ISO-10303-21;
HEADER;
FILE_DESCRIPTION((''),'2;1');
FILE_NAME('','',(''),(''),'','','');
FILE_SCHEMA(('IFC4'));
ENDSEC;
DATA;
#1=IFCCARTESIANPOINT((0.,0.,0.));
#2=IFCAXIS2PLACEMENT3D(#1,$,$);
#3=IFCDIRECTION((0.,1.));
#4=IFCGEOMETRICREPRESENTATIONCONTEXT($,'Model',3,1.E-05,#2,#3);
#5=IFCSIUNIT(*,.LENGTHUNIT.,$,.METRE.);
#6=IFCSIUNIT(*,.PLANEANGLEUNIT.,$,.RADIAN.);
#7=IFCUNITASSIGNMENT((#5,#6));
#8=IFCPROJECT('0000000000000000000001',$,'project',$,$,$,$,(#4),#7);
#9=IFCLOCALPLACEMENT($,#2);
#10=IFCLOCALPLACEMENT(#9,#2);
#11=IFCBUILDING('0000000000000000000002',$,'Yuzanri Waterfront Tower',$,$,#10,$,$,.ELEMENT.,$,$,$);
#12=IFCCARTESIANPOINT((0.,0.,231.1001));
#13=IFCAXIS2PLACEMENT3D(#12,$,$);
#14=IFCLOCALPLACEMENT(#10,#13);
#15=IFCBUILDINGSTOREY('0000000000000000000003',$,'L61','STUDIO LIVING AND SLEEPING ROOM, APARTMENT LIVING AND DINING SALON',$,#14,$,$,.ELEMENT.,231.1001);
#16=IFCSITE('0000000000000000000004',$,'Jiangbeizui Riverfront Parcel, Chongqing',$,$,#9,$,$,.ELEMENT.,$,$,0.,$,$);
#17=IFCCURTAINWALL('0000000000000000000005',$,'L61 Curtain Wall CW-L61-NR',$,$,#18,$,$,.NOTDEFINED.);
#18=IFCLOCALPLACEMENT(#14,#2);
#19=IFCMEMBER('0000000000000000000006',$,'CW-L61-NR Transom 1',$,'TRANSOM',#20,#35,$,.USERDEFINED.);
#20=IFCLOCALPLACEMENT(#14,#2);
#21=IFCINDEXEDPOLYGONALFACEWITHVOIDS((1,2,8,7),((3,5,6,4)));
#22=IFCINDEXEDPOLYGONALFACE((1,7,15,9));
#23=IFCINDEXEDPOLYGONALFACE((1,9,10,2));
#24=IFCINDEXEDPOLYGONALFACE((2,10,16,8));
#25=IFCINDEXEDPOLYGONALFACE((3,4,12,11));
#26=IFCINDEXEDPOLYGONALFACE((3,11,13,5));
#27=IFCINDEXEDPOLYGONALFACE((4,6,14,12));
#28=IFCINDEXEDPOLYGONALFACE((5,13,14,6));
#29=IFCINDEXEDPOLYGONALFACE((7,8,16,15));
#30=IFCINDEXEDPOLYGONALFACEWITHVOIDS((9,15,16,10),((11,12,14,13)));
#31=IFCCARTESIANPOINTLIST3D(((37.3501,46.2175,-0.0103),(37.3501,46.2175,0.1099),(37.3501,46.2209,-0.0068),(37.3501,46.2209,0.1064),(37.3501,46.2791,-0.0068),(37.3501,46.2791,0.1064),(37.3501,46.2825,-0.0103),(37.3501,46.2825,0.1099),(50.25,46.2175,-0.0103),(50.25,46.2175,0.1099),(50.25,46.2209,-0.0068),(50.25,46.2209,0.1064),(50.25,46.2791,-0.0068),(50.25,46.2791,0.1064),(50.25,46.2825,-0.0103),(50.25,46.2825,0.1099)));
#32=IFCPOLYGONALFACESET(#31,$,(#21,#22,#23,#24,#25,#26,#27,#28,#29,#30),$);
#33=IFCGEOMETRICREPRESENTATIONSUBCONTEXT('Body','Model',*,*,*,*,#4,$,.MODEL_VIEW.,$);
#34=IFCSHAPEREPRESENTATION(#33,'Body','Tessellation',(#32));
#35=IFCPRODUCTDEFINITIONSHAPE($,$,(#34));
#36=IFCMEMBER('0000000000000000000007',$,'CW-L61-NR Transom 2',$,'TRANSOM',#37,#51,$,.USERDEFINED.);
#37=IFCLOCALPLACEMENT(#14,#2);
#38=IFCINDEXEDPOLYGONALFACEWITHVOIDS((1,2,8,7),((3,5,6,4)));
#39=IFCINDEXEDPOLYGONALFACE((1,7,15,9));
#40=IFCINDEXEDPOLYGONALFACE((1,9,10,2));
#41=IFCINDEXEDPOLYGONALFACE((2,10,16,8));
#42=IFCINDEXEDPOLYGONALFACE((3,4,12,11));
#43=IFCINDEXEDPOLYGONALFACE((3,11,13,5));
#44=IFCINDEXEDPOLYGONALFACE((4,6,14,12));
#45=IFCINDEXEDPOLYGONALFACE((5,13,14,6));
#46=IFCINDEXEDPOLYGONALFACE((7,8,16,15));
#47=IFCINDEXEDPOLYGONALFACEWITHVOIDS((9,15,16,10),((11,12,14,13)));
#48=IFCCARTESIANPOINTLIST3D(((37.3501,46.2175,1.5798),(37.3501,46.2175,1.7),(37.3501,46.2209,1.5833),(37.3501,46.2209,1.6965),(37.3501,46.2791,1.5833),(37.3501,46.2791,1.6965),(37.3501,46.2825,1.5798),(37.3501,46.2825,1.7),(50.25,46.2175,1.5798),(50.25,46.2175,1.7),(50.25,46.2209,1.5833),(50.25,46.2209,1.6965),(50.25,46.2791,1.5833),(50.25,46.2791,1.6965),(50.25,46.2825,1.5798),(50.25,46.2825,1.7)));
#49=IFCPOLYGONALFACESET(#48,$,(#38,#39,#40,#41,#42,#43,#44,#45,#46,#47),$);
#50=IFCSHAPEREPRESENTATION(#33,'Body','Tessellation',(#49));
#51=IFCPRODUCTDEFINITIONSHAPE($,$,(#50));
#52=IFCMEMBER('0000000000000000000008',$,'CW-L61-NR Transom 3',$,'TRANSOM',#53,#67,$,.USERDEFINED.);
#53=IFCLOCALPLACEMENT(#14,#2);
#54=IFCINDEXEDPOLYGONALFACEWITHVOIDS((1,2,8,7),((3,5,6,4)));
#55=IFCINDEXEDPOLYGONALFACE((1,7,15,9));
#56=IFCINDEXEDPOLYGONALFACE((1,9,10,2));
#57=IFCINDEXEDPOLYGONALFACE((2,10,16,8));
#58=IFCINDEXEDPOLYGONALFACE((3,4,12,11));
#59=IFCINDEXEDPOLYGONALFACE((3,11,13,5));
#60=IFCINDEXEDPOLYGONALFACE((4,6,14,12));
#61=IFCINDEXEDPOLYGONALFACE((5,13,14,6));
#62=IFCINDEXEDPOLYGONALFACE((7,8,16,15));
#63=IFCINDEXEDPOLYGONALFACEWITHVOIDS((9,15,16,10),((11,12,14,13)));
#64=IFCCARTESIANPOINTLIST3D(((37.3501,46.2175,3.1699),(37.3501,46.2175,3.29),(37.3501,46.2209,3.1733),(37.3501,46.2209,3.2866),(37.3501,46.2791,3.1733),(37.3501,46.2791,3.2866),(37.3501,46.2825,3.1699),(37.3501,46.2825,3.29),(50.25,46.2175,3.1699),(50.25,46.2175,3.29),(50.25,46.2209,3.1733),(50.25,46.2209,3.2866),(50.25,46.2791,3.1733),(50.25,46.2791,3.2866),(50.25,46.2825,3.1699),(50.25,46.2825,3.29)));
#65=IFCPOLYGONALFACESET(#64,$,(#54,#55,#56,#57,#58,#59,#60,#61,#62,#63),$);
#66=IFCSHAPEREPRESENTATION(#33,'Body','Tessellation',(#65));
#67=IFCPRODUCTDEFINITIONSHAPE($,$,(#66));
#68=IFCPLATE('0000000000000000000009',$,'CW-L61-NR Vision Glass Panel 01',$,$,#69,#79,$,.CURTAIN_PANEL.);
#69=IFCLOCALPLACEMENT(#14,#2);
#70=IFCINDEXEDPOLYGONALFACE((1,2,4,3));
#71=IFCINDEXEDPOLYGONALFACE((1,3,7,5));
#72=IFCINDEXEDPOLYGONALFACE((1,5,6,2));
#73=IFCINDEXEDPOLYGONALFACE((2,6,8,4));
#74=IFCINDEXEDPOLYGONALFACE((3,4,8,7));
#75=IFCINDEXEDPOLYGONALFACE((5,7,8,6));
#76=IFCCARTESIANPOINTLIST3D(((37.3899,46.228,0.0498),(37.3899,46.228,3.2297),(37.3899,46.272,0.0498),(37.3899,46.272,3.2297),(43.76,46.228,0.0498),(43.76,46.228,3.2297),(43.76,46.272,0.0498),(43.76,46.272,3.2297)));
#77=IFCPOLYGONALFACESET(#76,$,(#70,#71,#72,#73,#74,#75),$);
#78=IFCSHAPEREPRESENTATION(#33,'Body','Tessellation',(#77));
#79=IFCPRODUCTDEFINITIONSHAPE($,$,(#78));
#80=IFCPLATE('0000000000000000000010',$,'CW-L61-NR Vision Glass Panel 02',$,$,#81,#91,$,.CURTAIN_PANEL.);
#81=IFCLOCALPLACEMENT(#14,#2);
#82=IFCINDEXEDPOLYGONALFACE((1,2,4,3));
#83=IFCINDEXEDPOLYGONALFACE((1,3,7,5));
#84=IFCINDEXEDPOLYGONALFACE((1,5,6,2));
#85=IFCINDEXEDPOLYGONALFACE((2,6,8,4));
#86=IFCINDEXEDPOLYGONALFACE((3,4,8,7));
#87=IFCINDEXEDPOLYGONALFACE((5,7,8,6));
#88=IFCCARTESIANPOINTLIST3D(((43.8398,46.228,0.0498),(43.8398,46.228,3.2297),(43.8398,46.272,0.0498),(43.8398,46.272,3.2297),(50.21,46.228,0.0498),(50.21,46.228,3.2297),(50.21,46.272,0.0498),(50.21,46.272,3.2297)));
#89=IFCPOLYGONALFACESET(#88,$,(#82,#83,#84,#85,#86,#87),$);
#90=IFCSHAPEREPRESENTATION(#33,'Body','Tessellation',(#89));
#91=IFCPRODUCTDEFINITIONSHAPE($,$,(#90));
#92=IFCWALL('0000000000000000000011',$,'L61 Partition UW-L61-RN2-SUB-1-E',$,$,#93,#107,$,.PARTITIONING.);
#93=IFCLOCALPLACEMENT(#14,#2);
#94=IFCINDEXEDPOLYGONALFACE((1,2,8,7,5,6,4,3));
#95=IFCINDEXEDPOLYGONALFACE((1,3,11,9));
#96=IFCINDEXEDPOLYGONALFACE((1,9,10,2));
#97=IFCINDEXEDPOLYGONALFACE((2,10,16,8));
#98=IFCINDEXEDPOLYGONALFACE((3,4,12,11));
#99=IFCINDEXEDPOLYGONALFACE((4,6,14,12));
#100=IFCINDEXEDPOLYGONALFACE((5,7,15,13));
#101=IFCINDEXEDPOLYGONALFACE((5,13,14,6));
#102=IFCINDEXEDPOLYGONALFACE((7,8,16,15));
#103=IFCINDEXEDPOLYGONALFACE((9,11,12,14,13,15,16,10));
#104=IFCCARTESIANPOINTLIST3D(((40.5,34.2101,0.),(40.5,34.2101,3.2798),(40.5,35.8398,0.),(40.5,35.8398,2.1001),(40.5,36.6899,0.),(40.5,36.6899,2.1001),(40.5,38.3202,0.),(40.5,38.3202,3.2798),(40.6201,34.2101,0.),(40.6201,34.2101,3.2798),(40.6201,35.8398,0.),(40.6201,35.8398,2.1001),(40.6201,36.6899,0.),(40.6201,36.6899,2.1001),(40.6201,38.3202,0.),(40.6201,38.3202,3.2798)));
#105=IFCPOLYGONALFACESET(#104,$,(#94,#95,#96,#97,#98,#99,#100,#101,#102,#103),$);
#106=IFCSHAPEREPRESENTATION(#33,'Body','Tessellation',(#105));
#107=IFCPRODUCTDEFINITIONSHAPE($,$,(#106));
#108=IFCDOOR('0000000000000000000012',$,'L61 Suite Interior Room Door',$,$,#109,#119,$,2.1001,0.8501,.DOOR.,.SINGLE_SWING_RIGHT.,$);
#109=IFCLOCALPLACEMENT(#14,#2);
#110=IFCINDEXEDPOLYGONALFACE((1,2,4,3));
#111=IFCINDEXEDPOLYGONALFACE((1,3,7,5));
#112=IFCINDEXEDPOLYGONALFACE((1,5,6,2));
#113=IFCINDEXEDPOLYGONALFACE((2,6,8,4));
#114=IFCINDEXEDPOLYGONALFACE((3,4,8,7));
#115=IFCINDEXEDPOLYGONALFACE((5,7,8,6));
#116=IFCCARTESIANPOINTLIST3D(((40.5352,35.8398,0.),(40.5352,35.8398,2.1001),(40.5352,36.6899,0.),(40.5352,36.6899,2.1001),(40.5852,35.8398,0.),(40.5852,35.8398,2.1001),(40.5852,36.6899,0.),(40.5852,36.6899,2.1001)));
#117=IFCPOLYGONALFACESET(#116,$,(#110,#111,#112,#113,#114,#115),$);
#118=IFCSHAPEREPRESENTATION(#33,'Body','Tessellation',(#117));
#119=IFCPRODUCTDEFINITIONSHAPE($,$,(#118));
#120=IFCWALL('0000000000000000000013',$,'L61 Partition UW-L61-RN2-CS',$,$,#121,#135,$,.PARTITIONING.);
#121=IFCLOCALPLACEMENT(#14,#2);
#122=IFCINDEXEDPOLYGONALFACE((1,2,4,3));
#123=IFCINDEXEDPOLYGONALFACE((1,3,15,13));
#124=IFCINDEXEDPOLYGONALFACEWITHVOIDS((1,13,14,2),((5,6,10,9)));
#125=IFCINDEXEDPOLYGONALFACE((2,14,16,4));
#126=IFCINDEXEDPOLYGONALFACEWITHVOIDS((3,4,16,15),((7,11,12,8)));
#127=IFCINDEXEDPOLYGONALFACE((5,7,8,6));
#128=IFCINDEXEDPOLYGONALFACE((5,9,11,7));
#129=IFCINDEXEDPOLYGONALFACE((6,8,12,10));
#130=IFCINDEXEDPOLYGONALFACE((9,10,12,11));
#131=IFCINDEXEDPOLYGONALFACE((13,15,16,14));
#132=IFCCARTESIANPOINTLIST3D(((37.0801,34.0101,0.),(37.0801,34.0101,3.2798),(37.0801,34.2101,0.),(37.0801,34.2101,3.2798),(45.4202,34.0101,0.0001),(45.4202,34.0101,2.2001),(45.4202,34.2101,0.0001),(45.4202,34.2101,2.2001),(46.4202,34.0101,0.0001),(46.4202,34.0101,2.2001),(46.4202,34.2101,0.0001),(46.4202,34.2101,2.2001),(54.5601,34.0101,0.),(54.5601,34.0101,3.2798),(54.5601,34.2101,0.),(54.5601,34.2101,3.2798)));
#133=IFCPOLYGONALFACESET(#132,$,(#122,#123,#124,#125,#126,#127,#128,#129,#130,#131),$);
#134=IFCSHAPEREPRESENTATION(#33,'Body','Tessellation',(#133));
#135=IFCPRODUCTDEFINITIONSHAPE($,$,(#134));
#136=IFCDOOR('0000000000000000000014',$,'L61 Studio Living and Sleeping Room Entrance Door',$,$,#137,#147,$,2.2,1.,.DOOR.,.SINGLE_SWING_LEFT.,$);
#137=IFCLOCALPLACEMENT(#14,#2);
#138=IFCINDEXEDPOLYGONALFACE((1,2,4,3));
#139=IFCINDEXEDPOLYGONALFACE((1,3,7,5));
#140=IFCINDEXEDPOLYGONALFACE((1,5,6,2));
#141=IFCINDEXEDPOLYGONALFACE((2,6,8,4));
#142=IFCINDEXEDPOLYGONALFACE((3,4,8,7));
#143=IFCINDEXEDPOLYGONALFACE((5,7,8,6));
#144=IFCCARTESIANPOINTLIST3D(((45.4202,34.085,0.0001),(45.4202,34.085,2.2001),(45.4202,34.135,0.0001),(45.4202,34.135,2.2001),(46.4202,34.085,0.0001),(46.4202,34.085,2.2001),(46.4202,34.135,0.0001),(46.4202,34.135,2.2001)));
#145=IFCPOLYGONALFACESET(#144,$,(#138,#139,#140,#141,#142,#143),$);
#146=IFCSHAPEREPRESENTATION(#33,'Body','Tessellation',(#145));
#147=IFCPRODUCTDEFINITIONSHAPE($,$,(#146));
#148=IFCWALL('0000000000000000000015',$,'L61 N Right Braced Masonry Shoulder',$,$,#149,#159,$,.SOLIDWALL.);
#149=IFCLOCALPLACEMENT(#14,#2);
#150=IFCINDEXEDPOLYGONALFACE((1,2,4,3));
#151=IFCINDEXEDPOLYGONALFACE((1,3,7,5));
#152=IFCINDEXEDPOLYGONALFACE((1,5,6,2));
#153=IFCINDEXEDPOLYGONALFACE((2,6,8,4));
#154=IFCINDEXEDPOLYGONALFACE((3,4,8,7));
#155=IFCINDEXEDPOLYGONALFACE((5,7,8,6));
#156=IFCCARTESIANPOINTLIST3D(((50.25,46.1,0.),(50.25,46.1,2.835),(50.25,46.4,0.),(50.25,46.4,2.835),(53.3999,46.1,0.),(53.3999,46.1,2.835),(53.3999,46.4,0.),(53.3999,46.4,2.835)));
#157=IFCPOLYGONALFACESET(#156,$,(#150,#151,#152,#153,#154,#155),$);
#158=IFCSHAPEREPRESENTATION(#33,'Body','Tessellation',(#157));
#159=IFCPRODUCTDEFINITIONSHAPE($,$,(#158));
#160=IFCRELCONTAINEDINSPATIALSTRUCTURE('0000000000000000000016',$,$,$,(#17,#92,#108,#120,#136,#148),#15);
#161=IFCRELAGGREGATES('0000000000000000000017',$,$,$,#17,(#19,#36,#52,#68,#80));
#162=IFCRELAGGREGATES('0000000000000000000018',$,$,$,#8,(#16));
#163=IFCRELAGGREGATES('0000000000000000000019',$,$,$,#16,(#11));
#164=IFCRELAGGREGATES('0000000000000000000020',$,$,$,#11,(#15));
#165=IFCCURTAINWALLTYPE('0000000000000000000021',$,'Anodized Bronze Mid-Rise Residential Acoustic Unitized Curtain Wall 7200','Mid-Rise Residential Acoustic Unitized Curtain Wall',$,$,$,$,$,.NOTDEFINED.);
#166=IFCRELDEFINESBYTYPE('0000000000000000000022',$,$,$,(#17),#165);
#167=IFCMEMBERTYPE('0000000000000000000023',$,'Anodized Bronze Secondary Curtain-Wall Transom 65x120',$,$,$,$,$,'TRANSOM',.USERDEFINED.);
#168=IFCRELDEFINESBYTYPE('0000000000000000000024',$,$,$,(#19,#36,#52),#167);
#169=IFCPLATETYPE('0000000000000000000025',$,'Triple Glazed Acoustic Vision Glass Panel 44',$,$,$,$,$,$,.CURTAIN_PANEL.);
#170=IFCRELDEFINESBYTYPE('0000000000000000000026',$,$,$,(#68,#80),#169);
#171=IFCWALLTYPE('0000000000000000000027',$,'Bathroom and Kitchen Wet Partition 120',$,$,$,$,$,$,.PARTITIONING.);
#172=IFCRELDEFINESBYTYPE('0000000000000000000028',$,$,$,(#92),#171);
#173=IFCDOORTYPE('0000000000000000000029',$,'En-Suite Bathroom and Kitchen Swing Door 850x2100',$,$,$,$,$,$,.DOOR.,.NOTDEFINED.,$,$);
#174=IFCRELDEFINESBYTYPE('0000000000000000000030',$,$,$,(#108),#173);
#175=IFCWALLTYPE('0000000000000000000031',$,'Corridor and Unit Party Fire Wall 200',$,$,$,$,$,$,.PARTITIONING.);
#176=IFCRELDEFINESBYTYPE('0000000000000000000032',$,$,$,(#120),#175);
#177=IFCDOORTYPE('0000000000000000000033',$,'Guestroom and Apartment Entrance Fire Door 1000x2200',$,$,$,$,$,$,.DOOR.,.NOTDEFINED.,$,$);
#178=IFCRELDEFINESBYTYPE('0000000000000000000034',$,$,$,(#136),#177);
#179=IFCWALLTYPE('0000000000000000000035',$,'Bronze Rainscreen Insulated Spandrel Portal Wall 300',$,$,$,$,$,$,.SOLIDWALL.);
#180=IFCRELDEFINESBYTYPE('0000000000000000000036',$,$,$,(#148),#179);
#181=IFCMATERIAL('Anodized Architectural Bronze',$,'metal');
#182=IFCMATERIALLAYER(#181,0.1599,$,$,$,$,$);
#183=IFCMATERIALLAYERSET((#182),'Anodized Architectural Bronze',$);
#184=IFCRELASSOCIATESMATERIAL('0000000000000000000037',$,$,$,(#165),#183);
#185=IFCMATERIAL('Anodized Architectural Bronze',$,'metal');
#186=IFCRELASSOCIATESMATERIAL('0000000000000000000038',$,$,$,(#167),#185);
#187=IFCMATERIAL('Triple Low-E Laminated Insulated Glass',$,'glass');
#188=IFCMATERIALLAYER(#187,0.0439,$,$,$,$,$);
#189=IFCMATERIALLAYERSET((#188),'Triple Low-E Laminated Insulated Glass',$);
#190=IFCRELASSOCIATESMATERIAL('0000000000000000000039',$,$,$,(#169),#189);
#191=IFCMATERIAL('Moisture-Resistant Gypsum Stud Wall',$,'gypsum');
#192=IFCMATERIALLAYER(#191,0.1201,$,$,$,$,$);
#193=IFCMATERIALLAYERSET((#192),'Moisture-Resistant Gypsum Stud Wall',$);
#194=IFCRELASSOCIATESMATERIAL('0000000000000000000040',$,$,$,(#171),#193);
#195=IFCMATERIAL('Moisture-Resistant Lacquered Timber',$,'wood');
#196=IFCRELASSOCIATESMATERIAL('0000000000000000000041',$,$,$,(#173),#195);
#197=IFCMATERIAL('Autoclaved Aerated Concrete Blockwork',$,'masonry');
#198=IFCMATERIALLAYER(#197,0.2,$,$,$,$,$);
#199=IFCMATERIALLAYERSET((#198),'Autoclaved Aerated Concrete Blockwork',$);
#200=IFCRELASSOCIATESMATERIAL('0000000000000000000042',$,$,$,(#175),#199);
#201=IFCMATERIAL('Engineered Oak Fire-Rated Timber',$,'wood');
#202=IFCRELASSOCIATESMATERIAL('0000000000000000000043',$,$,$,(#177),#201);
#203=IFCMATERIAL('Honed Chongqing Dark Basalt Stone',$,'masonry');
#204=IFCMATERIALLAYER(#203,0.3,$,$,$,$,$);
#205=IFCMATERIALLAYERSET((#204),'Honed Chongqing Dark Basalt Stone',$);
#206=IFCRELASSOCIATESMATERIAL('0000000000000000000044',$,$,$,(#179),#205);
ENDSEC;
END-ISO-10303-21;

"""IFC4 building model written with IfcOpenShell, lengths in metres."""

from ifc_helpers import new_model, si_unit, direction, frame, frame_2d, origin, origin_2d, place, context, subcontext, project, spatial, rectangle, hollow_rectangle, extrude, source, transform, mapped, material, layer, layer_set, material_profile, profile_set, type_object, element, fill, aggregate, save


model = new_model("IFC4")

# Units and contexts
model_context = context("Model", 3, precision=1e-05, world=origin(), true_north=direction((0.0, 1.0)))
body_context = subcontext(model_context, "Body", "Model", "MODEL_VIEW")
ifc_project = project(units=[si_unit("LENGTHUNIT", "METRE"), si_unit("PLANEANGLEUNIT", "RADIAN")], contexts=[model_context])

# Site, building, storey
site_placement = place(None, origin())
site = spatial("IfcSite", under=ifc_project, at=site_placement, Name="Jiangbeizui Riverfront Parcel, Chongqing", CompositionType="ELEMENT", RefElevation=0.0)
building_placement = place(site_placement, origin())
building = spatial("IfcBuilding", under=site, at=building_placement, Name="Yuzanri Waterfront Tower", CompositionType="ELEMENT")
storey_placement = place(building_placement, frame((0.0, 0.0, 231.1001)))
storey = spatial("IfcBuildingStorey", under=building, at=storey_placement, Name="L61", Description="STUDIO LIVING AND SLEEPING ROOM, APARTMENT LIVING AND DINING SALON", CompositionType="ELEMENT", Elevation=231.1001)

# Curtain wall, members, plates
ifc_material_1 = material(Name="Anodized Architectural Bronze", Category="metal")
ifc_layer_1 = layer(ifc_material_1, 0.1599)
ifc_layer_set_1 = layer_set([ifc_layer_1], Name="Anodized Architectural Bronze")
curtain_wall_type = type_object("IfcCurtainWallType", Name="Anodized Bronze Mid-Rise Residential Acoustic Unitized Curtain Wall 7200", Description="Mid-Rise Residential Acoustic Unitized Curtain Wall", PredefinedType="NOTDEFINED", material=ifc_layer_set_1)
curtain_wall_placement = place(storey_placement, origin())
curtain_wall = element("IfcCurtainWall", 1, at=curtain_wall_placement, inside=storey, type_object=curtain_wall_type, Name="L61 Curtain Wall CW-L61-NR", PredefinedType="NOTDEFINED")
ifc_material_2 = material(Name="Anodized Architectural Bronze", Category="metal")
ifc_material_profile_1 = material_profile(ifc_material_2, hollow_rectangle(XDim=0.0649, YDim=0.1201, WallThickness=0.0034, at=origin_2d()), Name="CWT 65x120")
ifc_profile_set_1 = profile_set([ifc_material_profile_1], Name="Anodized Architectural Bronze")
member_type_1 = type_object("IfcMemberType", Name="Anodized Bronze Secondary Curtain-Wall Transom 65x120", ElementType="TRANSOM", PredefinedType="USERDEFINED", material=ifc_profile_set_1)
shared_shape_1 = source(origin(), body_context, "Body", "SweptSolid", [
    extrude(hollow_rectangle(XDim=0.0649, YDim=0.1201, WallThickness=0.0034, at=origin_2d()), origin(), (0.0, 0.0, 1.0), 12.8999),
])
member_1_placement = place(storey_placement, frame((37.3501, 46.25, 0.0498), z_axis=(1.0, 0.0, 0.0), x_axis=(0.0, 1.0, 0.0)))
member_1 = element("IfcMember", 2, at=member_1_placement, type_object=member_type_1, Name="CW-L61-NR Transom 1", ObjectType="TRANSOM", PredefinedType="USERDEFINED", context=body_context, shape_type="MappedRepresentation", body=[
    mapped(shared_shape_1, transform((0.0, 0.0, 0.0), scale=1.0)),
])
member_2_placement = place(storey_placement, frame((37.3501, 46.25, 1.6399), z_axis=(1.0, 0.0, 0.0), x_axis=(0.0, 1.0, 0.0)))
member_2 = element("IfcMember", 3, at=member_2_placement, type_object=member_type_1, Name="CW-L61-NR Transom 2", ObjectType="TRANSOM", PredefinedType="USERDEFINED", context=body_context, shape_type="MappedRepresentation", body=[
    mapped(shared_shape_1, transform((0.0, 0.0, 0.0), scale=1.0)),
])
member_3_placement = place(storey_placement, frame((37.3501, 46.25, 3.23), z_axis=(1.0, 0.0, 0.0), x_axis=(0.0, 1.0, 0.0)))
member_3 = element("IfcMember", 4, at=member_3_placement, type_object=member_type_1, Name="CW-L61-NR Transom 3", ObjectType="TRANSOM", PredefinedType="USERDEFINED", context=body_context, shape_type="MappedRepresentation", body=[
    mapped(shared_shape_1, transform((0.0, 0.0, 0.0), scale=1.0)),
])
ifc_material_3 = material(Name="Triple Low-E Laminated Insulated Glass", Category="glass")
ifc_layer_2 = layer(ifc_material_3, 0.0439)
ifc_layer_set_2 = layer_set([ifc_layer_2], Name="Triple Low-E Laminated Insulated Glass")
plate_type = type_object("IfcPlateType", Name="Triple Glazed Acoustic Vision Glass Panel 44", PredefinedType="CURTAIN_PANEL", material=ifc_layer_set_2)
shared_shape_2 = source(origin(), body_context, "Body", "SweptSolid", [
    extrude(rectangle(XDim=6.3701, YDim=0.0439, at=origin_2d()), origin(), (0.0, 0.0, 1.0), 3.1799),
])
plate_1_placement = place(storey_placement, frame((40.575, 46.25, 0.0498), z_axis=(0.0, 0.0, 1.0), x_axis=(1.0, 0.0, 0.0)))
plate_1 = element("IfcPlate", 5, at=plate_1_placement, type_object=plate_type, Name="CW-L61-NR Vision Glass Panel 01", PredefinedType="CURTAIN_PANEL", context=body_context, shape_type="MappedRepresentation", body=[
    mapped(shared_shape_2, transform((0.0, 0.0, 0.0), scale=1.0)),
])
plate_2_placement = place(storey_placement, frame((47.0249, 46.25, 0.0498), z_axis=(0.0, 0.0, 1.0), x_axis=(1.0, 0.0, 0.0)))
plate_2 = element("IfcPlate", 6, at=plate_2_placement, type_object=plate_type, Name="CW-L61-NR Vision Glass Panel 02", PredefinedType="CURTAIN_PANEL", context=body_context, shape_type="MappedRepresentation", body=[
    mapped(shared_shape_2, transform((0.0, 0.0, 0.0), scale=1.0)),
])
aggregate(curtain_wall, [member_1, member_2, member_3, plate_1, plate_2])

# Walls, openings, doors
ifc_material_4 = material(Name="Moisture-Resistant Gypsum Stud Wall", Category="gypsum")
ifc_layer_3 = layer(ifc_material_4, 0.1201)
ifc_layer_set_3 = layer_set([ifc_layer_3], Name="Moisture-Resistant Gypsum Stud Wall")
wall_type_1 = type_object("IfcWallType", Name="Bathroom and Kitchen Wet Partition 120", PredefinedType="PARTITIONING", material=ifc_layer_set_3)
wall_1_placement = place(storey_placement, frame((40.5601, 34.21, 0.0), z_axis=(0.0, 0.0, 1.0), x_axis=(0.0, 1.0, 0.0)))
wall_1 = element("IfcWall", 7, at=wall_1_placement, inside=storey, type_object=wall_type_1, Name="L61 Partition UW-L61-RN2-SUB-1-E", PredefinedType="PARTITIONING", context=body_context, shape_type="SweptSolid", body=[
    extrude(rectangle(XDim=4.1101, YDim=0.1201, at=frame_2d((2.0552, 0.0))), origin(), (0.0, 0.0, 1.0), 3.2798),
])
opening_1_placement = place(wall_1_placement, frame((1.6299, 0.0, 0.0)))
opening_1 = element("IfcOpeningElement", 8, at=opening_1_placement, cuts=wall_1, PredefinedType="OPENING", context=body_context, shape_type="SweptSolid", body=[
    extrude(rectangle(XDim=0.8501, YDim=2.1001, at=frame_2d((0.425, 1.05))), frame((0.0, 0.075, 0.0), z_axis=(0.0, -1.0, 0.0), x_axis=(1.0, 0.0, 0.0)), (0.0, 0.0, 1.0), 0.1499),
])
ifc_material_5 = material(Name="Moisture-Resistant Lacquered Timber", Category="wood")
door_type_1 = type_object("IfcDoorType", Name="En-Suite Bathroom and Kitchen Swing Door 850x2100", OperationType="NOTDEFINED", PredefinedType="DOOR", material=ifc_material_5)
shared_shape_3 = source(origin(), body_context, "Body", "SweptSolid", [
    extrude(rectangle(XDim=0.8501, YDim=2.1001, at=frame_2d((0.425, 1.05))), frame((0.0, 0.0249, 0.0), z_axis=(0.0, -1.0, 0.0), x_axis=(1.0, 0.0, 0.0)), (0.0, 0.0, 1.0), 0.05),
])
door_1_placement = place(opening_1_placement, origin())
door_1 = element("IfcDoor", 9, at=door_1_placement, inside=storey, type_object=door_type_1, Name="L61 Suite Interior Room Door", OperationType="SINGLE_SWING_RIGHT", OverallHeight=2.1001, OverallWidth=0.8501, PredefinedType="DOOR", context=body_context, shape_type="MappedRepresentation", body=[
    mapped(shared_shape_3, transform((0.0, 0.0, 0.0), scale=1.0)),
])
fill(opening_1, door_1)
ifc_material_6 = material(Name="Autoclaved Aerated Concrete Blockwork", Category="masonry")
ifc_layer_4 = layer(ifc_material_6, 0.2)
ifc_layer_set_4 = layer_set([ifc_layer_4], Name="Autoclaved Aerated Concrete Blockwork")
wall_type_2 = type_object("IfcWallType", Name="Corridor and Unit Party Fire Wall 200", PredefinedType="PARTITIONING", material=ifc_layer_set_4)
wall_2_placement = place(storey_placement, frame((37.0801, 34.1101, 0.0), z_axis=(0.0, 0.0, 1.0), x_axis=(1.0, 0.0, 0.0)))
wall_2 = element("IfcWall", 10, at=wall_2_placement, inside=storey, type_object=wall_type_2, Name="L61 Partition UW-L61-RN2-CS", PredefinedType="PARTITIONING", context=body_context, shape_type="SweptSolid", body=[
    extrude(rectangle(XDim=17.48, YDim=0.2, at=frame_2d((8.74, 0.0))), origin(), (0.0, 0.0, 1.0), 3.2798),
])
opening_2_placement = place(wall_2_placement, frame((8.3401, 0.0, 0.0)))
opening_2 = element("IfcOpeningElement", 11, at=opening_2_placement, cuts=wall_2, PredefinedType="OPENING", context=body_context, shape_type="SweptSolid", body=[
    extrude(rectangle(XDim=1.0, YDim=2.2, at=frame_2d((0.5, 1.1001))), frame((0.0, 0.1147, 0.0), z_axis=(0.0, -1.0, 0.0), x_axis=(1.0, 0.0, 0.0)), (0.0, 0.0, 1.0), 0.2297),
])
ifc_material_7 = material(Name="Engineered Oak Fire-Rated Timber", Category="wood")
door_type_2 = type_object("IfcDoorType", Name="Guestroom and Apartment Entrance Fire Door 1000x2200", OperationType="NOTDEFINED", PredefinedType="DOOR", material=ifc_material_7)
shared_shape_4 = source(origin(), body_context, "Body", "SweptSolid", [
    extrude(rectangle(XDim=1.0, YDim=2.2, at=frame_2d((0.5, 1.1001))), frame((0.0, 0.0249, 0.0), z_axis=(0.0, -1.0, 0.0), x_axis=(1.0, 0.0, 0.0)), (0.0, 0.0, 1.0), 0.05),
])
door_2_placement = place(opening_2_placement, origin())
door_2 = element("IfcDoor", 12, at=door_2_placement, inside=storey, type_object=door_type_2, Name="L61 Studio Living and Sleeping Room Entrance Door", OperationType="SINGLE_SWING_LEFT", OverallHeight=2.2, OverallWidth=1.0, PredefinedType="DOOR", context=body_context, shape_type="MappedRepresentation", body=[
    mapped(shared_shape_4, transform((0.0, 0.0, 0.0), scale=1.0)),
])
fill(opening_2, door_2)

# Wall
ifc_material_8 = material(Name="Honed Chongqing Dark Basalt Stone", Category="masonry")
ifc_layer_5 = layer(ifc_material_8, 0.3)
ifc_layer_set_5 = layer_set([ifc_layer_5], Name="Honed Chongqing Dark Basalt Stone")
wall_type_3 = type_object("IfcWallType", Name="Bronze Rainscreen Insulated Spandrel Portal Wall 300", PredefinedType="SOLIDWALL", material=ifc_layer_set_5)
shared_shape_5 = source(origin(), body_context, "Body", "SweptSolid", [
    extrude(rectangle(XDim=3.1499, YDim=0.3, at=frame_2d((1.575, 0.0))), origin(), (0.0, 0.0, 1.0), 2.835),
])
wall_3_placement = place(storey_placement, frame((50.25, 46.25, 0.0), z_axis=(0.0, 0.0, 1.0), x_axis=(1.0, 0.0, 0.0)))
element("IfcWall", 13, at=wall_3_placement, inside=storey, type_object=wall_type_3, Name="L61 N Right Braced Masonry Shoulder", PredefinedType="SOLIDWALL", context=body_context, shape_type="MappedRepresentation", body=[
    mapped(shared_shape_5, transform((0.0, 0.0, 0.0), scale=1.0)),
])

save(model, "model.ifc")
